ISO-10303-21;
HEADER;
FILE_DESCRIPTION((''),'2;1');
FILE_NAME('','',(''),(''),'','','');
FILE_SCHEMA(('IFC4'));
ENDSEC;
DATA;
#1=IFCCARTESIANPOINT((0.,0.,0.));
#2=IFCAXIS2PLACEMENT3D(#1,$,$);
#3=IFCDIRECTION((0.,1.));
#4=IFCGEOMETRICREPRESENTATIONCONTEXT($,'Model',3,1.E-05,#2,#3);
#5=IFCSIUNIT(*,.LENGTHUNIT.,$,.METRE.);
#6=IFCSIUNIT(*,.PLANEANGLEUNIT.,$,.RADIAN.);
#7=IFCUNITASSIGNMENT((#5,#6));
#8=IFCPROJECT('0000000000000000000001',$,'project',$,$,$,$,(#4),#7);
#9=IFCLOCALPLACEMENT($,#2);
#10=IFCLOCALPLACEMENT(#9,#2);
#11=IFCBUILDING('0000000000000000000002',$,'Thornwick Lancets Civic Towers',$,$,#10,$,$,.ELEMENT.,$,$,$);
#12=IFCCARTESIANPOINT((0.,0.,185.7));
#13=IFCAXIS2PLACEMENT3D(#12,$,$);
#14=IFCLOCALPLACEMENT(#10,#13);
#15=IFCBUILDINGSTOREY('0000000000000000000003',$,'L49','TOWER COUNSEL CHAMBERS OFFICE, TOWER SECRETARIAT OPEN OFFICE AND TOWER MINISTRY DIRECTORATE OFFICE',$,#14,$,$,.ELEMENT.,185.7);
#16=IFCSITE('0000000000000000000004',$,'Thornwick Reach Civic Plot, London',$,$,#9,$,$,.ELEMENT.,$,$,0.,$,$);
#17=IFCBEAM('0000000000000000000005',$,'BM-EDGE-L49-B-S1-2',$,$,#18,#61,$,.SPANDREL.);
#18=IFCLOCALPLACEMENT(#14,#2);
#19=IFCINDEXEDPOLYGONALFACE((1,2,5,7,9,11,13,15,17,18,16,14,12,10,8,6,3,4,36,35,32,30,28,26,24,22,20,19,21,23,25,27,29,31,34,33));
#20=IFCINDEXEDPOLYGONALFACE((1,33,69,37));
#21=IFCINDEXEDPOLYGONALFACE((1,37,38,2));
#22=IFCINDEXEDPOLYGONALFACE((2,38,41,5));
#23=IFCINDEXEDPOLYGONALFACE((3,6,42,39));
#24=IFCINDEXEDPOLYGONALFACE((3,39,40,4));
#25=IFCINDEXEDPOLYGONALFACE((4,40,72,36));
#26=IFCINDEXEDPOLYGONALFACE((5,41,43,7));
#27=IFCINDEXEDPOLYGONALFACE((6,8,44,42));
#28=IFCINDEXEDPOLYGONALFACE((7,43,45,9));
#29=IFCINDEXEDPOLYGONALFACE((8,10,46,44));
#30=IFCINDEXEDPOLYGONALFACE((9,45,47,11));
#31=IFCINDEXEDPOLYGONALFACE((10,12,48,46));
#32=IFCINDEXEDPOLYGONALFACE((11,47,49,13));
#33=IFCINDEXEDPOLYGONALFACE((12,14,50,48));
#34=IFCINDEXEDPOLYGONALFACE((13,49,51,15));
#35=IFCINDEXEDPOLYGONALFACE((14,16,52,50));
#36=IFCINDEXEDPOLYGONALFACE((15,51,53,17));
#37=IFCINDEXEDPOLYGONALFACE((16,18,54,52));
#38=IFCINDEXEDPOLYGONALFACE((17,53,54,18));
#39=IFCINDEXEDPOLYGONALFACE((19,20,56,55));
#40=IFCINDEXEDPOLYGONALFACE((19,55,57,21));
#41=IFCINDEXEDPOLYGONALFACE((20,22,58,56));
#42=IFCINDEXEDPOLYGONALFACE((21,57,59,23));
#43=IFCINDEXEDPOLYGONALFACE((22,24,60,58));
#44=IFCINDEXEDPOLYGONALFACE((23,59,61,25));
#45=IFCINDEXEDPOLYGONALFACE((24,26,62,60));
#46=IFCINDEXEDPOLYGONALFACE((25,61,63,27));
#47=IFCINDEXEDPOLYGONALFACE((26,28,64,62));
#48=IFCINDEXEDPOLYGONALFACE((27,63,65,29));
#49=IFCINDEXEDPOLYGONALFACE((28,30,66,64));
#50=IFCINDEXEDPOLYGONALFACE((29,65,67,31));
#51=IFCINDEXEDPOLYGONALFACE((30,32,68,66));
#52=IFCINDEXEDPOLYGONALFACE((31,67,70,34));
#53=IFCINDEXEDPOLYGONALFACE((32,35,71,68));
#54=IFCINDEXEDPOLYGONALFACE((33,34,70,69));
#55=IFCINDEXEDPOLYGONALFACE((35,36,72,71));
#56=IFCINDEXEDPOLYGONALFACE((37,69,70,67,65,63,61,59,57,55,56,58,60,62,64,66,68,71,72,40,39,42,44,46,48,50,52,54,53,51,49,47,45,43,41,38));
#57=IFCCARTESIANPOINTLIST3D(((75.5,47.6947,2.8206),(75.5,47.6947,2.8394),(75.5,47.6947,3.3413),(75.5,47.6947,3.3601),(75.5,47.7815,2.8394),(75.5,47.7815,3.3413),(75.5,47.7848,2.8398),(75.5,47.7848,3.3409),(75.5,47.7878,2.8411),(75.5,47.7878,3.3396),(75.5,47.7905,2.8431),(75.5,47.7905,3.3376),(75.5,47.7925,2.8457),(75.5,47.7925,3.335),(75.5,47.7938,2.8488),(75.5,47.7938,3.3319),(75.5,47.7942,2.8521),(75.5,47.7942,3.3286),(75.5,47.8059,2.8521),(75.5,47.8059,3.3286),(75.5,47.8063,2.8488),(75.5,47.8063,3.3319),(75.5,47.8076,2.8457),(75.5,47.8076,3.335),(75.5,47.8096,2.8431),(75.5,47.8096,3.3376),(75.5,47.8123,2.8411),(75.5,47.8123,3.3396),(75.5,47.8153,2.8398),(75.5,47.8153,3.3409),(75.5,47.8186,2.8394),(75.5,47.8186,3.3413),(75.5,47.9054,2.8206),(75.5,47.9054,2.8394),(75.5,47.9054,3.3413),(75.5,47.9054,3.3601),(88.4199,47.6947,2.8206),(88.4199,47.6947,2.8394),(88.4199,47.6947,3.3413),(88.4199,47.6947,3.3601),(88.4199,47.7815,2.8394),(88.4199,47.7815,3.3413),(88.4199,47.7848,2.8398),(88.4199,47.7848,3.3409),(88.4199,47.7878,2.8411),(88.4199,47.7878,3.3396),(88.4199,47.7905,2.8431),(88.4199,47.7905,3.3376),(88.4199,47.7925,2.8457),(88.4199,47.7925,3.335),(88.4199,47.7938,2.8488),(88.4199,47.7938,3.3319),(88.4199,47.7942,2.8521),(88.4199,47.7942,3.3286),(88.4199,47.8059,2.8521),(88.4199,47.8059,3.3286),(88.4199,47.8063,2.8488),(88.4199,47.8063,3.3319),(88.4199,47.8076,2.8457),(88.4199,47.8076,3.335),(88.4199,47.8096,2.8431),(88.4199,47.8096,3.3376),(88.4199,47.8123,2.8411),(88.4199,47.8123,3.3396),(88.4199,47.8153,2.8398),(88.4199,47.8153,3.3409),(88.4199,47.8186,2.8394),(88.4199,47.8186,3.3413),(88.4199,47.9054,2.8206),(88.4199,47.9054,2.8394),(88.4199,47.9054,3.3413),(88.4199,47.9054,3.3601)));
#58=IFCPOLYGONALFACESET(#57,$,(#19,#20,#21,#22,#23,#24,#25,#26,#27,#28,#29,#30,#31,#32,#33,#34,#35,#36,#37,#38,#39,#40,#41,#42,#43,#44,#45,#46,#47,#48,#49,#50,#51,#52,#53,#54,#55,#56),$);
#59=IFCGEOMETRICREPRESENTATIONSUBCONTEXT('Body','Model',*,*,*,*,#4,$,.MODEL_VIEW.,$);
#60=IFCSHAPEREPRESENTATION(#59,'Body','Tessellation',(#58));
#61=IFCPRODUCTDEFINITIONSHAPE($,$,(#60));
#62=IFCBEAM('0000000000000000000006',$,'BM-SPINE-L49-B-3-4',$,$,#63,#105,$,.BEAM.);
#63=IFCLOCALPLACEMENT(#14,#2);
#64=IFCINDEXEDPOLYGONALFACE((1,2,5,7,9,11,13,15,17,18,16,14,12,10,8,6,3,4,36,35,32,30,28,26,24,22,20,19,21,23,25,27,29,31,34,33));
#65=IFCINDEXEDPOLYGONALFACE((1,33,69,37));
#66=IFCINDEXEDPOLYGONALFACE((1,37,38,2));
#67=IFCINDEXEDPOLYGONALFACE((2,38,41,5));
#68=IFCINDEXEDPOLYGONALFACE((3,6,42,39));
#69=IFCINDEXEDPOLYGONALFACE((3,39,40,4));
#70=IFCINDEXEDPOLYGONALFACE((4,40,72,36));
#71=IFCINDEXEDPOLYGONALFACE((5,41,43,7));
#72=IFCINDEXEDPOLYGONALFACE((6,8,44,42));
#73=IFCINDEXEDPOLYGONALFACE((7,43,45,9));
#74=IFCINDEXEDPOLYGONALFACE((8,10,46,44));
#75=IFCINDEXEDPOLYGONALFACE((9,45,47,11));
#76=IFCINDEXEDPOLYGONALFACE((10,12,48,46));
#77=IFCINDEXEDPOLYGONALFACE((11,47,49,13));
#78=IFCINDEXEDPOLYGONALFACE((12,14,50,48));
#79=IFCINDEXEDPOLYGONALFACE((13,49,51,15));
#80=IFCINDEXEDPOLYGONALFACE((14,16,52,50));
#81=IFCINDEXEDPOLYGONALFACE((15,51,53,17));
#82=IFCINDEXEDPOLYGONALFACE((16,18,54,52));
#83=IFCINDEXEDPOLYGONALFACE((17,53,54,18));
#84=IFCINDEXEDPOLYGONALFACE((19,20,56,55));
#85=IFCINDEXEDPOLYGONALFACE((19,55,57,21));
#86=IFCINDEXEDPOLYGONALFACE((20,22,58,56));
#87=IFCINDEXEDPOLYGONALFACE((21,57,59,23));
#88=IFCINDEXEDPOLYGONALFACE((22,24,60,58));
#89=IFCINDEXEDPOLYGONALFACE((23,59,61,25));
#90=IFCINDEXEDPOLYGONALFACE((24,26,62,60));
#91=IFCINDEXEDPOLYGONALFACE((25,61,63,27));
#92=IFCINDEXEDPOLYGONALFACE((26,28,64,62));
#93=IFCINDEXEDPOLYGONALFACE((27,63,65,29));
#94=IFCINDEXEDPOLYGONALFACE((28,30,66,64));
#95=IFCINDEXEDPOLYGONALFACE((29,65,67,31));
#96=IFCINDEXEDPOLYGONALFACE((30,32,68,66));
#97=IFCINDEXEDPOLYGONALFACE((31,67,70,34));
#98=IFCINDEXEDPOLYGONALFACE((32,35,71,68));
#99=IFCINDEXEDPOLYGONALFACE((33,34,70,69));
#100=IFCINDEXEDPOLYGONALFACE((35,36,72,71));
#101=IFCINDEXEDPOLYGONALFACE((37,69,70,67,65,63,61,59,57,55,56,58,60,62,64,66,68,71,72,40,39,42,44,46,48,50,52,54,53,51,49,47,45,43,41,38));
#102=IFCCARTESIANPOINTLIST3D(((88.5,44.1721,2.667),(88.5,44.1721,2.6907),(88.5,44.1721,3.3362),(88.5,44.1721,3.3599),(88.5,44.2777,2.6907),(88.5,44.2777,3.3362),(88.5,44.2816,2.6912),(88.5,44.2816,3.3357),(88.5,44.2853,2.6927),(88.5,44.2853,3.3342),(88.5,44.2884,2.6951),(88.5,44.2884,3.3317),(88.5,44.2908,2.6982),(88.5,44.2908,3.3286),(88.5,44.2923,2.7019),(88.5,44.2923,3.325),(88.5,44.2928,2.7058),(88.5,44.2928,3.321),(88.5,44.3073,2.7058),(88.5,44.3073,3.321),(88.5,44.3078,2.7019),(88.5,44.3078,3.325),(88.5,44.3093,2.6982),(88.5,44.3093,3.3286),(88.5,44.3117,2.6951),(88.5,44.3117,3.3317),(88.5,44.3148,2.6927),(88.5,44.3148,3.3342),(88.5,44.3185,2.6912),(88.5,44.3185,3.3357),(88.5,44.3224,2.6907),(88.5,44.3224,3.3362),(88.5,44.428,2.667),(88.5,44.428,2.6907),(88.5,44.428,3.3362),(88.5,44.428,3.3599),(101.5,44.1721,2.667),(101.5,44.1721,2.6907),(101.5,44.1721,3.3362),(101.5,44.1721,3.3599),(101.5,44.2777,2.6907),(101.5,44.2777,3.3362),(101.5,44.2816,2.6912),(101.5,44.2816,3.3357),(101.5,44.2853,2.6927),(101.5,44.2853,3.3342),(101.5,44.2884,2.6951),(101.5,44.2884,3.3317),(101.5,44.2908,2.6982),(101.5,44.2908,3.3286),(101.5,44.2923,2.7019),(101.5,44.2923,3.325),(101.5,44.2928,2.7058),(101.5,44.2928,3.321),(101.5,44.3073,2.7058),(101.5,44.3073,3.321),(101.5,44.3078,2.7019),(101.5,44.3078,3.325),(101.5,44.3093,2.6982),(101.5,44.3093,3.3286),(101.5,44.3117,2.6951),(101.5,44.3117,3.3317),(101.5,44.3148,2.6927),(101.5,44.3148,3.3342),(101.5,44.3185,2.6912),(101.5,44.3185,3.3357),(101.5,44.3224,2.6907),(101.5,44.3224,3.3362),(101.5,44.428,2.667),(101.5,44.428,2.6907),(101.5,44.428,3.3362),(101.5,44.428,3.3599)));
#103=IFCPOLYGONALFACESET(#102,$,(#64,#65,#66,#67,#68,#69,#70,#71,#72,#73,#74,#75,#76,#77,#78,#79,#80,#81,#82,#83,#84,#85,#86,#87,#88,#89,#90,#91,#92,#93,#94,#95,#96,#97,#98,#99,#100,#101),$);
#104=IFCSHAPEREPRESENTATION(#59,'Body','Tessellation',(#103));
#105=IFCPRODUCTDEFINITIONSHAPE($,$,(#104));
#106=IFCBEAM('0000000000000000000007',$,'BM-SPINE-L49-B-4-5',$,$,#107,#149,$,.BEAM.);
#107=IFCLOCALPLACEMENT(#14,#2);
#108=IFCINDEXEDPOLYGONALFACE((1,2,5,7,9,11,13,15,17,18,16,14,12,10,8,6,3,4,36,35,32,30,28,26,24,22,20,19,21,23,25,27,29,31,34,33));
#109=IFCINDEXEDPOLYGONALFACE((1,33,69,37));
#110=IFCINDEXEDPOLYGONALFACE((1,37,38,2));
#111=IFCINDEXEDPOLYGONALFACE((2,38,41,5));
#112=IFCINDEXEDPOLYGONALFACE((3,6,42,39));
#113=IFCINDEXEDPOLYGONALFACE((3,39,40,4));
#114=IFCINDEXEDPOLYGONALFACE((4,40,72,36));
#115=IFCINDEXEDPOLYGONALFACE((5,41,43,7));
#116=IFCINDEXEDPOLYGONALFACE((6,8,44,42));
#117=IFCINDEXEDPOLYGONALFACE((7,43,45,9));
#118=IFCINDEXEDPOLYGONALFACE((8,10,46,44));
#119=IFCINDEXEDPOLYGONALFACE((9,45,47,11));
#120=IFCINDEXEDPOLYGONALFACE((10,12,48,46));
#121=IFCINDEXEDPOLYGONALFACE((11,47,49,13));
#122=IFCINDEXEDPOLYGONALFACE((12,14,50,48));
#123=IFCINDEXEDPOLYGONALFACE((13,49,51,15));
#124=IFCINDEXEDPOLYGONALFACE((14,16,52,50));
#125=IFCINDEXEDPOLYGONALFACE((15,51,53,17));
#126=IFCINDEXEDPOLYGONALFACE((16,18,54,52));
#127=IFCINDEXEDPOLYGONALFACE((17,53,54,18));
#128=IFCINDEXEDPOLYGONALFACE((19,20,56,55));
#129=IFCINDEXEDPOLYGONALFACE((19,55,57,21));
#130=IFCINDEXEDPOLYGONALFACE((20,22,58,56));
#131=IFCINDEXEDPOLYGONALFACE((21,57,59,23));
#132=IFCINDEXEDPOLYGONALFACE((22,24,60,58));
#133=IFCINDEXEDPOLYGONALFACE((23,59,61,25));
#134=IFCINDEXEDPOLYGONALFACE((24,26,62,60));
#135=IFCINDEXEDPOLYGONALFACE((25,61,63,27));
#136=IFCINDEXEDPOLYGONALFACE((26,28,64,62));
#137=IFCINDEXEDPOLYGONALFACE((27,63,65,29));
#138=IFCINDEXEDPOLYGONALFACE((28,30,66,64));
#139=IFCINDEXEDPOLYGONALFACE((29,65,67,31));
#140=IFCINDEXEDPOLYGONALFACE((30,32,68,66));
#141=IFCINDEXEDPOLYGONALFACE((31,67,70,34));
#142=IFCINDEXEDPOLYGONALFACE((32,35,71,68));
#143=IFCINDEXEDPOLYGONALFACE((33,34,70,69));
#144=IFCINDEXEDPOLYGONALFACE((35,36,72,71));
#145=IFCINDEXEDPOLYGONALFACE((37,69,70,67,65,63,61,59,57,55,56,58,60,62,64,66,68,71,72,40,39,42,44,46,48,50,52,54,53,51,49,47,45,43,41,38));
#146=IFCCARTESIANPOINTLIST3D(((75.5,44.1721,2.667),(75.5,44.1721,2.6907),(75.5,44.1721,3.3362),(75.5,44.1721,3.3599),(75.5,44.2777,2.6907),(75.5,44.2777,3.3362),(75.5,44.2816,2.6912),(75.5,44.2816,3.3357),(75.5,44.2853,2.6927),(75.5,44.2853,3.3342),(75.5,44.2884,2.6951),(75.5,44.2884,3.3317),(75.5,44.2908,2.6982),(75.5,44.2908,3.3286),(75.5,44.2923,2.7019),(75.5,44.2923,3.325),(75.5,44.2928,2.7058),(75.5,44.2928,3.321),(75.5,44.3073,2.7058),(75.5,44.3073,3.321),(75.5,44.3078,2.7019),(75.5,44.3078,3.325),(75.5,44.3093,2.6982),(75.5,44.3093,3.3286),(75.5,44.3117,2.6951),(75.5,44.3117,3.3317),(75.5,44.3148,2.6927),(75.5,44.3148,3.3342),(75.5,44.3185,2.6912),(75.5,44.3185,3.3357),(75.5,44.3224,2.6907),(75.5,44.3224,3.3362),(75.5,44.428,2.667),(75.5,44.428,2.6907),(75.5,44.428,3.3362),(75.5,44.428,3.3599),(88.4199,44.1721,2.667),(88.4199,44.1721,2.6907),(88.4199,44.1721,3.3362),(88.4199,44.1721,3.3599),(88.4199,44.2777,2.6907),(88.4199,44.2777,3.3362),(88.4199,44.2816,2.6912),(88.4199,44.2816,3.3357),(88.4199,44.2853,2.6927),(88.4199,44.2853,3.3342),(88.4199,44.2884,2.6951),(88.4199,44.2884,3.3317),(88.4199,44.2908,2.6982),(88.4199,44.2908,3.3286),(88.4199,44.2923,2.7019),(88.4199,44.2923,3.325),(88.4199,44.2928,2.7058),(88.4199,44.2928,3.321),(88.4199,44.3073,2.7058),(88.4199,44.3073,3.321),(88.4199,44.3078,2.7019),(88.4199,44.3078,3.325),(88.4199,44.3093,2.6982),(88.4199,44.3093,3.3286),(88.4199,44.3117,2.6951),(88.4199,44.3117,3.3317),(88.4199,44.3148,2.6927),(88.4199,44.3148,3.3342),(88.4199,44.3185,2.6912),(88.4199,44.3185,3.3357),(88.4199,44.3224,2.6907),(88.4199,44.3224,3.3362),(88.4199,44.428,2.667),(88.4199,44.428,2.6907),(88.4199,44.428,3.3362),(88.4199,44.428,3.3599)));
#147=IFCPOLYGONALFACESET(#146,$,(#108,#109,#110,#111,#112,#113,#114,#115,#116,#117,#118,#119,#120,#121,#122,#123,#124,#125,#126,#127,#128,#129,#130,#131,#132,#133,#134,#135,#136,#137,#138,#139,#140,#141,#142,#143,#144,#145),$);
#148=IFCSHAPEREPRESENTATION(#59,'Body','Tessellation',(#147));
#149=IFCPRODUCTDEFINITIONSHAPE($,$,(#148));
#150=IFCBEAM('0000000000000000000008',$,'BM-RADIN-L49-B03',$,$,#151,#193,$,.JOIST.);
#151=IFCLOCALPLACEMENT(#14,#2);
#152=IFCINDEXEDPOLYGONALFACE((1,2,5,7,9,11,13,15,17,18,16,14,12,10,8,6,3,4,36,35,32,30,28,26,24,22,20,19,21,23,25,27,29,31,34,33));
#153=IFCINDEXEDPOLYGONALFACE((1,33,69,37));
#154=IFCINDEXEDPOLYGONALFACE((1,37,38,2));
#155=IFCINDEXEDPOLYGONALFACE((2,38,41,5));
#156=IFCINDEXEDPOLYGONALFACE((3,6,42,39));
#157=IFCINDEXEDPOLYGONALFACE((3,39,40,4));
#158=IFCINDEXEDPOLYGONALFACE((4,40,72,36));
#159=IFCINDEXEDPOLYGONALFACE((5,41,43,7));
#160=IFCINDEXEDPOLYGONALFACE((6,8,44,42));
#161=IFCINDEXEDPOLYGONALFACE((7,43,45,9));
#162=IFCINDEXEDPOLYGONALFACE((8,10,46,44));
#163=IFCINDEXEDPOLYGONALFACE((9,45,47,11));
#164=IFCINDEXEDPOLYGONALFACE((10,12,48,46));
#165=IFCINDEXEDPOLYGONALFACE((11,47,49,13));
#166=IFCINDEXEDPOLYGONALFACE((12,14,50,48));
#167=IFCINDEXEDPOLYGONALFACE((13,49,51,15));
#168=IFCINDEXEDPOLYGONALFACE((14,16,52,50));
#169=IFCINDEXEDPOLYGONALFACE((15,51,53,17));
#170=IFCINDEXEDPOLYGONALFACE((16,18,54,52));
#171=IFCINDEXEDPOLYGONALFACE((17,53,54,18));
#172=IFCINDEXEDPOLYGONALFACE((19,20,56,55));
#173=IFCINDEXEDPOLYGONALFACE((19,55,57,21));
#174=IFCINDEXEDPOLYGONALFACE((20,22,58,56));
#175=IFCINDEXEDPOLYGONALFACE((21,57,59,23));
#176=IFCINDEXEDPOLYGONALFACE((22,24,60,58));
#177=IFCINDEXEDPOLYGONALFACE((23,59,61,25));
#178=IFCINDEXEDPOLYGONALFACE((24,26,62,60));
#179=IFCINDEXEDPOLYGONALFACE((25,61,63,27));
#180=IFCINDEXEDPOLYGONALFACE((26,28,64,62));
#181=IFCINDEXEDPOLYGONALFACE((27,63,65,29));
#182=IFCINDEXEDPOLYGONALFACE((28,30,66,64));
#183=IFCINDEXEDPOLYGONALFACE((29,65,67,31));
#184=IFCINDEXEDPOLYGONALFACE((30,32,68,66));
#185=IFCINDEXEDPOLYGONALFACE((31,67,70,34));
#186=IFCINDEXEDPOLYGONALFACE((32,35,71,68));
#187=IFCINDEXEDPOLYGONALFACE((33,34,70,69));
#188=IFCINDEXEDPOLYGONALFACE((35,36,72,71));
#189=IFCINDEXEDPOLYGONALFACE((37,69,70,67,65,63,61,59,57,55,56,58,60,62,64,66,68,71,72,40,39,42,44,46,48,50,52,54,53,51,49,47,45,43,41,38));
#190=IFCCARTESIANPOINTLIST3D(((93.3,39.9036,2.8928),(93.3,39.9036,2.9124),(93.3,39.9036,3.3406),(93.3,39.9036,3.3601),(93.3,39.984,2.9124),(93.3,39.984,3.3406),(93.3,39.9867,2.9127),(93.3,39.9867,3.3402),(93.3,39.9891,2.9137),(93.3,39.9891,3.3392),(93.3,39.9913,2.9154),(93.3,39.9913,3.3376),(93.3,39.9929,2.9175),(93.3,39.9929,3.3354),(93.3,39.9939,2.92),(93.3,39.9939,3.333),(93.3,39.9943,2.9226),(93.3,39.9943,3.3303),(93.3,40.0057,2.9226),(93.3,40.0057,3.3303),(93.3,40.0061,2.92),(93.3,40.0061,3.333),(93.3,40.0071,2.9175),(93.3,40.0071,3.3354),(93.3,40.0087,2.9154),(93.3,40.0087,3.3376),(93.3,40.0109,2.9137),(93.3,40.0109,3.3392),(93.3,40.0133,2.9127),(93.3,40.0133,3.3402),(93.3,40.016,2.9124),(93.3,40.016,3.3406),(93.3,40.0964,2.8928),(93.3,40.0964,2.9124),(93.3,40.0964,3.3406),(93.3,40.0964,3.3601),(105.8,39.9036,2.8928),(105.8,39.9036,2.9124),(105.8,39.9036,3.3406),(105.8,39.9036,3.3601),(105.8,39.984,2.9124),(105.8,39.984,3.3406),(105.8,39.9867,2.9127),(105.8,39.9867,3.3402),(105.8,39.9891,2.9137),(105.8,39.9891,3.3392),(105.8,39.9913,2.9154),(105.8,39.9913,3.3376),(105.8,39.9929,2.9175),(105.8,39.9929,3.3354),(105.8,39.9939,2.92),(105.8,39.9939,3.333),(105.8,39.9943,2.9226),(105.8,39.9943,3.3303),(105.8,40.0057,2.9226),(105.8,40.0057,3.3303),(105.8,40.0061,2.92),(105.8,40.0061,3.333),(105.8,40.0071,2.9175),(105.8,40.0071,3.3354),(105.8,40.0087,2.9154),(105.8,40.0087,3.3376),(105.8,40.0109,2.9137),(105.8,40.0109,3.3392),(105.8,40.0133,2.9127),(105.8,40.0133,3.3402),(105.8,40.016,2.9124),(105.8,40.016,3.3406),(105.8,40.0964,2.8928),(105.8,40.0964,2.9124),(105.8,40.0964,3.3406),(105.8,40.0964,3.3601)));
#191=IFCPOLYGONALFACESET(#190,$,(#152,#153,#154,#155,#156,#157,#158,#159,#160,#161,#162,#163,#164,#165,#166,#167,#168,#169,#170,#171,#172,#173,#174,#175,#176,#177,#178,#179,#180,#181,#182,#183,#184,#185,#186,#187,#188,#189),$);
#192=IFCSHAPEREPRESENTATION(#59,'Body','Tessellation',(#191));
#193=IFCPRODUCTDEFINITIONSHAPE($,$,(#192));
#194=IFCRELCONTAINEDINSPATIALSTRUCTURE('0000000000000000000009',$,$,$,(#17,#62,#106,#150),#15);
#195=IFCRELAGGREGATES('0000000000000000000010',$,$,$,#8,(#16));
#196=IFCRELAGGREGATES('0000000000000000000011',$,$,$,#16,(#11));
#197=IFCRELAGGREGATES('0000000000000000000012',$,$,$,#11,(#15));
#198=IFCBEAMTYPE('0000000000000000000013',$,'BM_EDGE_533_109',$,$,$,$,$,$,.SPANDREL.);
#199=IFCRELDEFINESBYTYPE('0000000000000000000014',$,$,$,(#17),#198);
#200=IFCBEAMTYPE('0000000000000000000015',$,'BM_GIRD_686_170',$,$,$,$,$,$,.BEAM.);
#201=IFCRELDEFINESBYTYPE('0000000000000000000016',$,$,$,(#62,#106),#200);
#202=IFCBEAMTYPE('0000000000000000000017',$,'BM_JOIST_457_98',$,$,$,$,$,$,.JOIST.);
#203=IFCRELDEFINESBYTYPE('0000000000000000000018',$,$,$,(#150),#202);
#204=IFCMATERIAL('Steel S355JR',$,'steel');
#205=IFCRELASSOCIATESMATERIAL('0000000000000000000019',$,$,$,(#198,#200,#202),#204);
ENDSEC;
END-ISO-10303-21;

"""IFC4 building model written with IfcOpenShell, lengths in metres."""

from ifc_helpers import new_model, si_unit, direction, frame, origin, origin_2d, place, context, subcontext, project, spatial, i_section, extrude, material, material_profile, profile_set, type_object, element, save


model = new_model("IFC4")

# Units and contexts
model_context = context("Model", 3, precision=1e-05, world=origin(), true_north=direction((0.0, 1.0)))
body_context = subcontext(model_context, "Body", "Model", "MODEL_VIEW")
ifc_project = project(units=[si_unit("LENGTHUNIT", "METRE"), si_unit("PLANEANGLEUNIT", "RADIAN")], contexts=[model_context])

# Site, building, storey
site_placement = place(None, origin())
site = spatial("IfcSite", under=ifc_project, at=site_placement, Name="Thornwick Reach Civic Plot, London", CompositionType="ELEMENT", RefElevation=0.0)
building_placement = place(site_placement, origin())
building = spatial("IfcBuilding", under=site, at=building_placement, Name="Thornwick Lancets Civic Towers", CompositionType="ELEMENT")
storey_placement = place(building_placement, frame((0.0, 0.0, 185.7)))
storey = spatial("IfcBuildingStorey", under=building, at=storey_placement, Name="L49", Description="TOWER COUNSEL CHAMBERS OFFICE, TOWER SECRETARIAT OPEN OFFICE AND TOWER MINISTRY DIRECTORATE OFFICE", CompositionType="ELEMENT", Elevation=185.7)

# Beams
ifc_material_1 = material(Name="Steel S355JR", Category="steel")
ifc_material_profile_1 = material_profile(ifc_material_1, i_section(OverallWidth=0.2107, OverallDepth=0.5396, WebThickness=0.0117, FlangeThickness=0.0188, FilletRadius=0.0127, at=origin_2d()), Name="UKB 533x210x109")
ifc_profile_set_1 = profile_set([ifc_material_profile_1], Name="Steel S355JR")
beam_type_1 = type_object("IfcBeamType", Name="BM_EDGE_533_109", PredefinedType="SPANDREL", material=ifc_profile_set_1)
beam_1_placement = place(storey_placement, frame((88.4199, 47.8, 3.0903), z_axis=(-1.0, 0.0, 0.0), x_axis=(0.0, -1.0, 0.0)))
element("IfcBeam", 1, at=beam_1_placement, inside=storey, type_object=beam_type_1, Name="BM-EDGE-L49-B-S1-2", PredefinedType="SPANDREL", context=body_context, shape_type="SweptSolid", body=[
    extrude(i_section(OverallWidth=0.2107, OverallDepth=0.5396, WebThickness=0.0117, FlangeThickness=0.0188, FilletRadius=0.0127, at=origin_2d()), origin(), (0.0, 0.0, 1.0), 12.9199),
])
ifc_material_profile_2 = material_profile(ifc_material_1, i_section(OverallWidth=0.2559, OverallDepth=0.6929, WebThickness=0.0144, FlangeThickness=0.0237, FilletRadius=0.0151, at=origin_2d()), Name="UKB 686x254x170")
ifc_profile_set_2 = profile_set([ifc_material_profile_2], Name="Steel S355JR")
beam_type_2 = type_object("IfcBeamType", Name="BM_GIRD_686_170", PredefinedType="BEAM", material=ifc_profile_set_2)
beam_2_placement = place(storey_placement, frame((101.5, 44.3, 3.0134), z_axis=(-1.0, 0.0, 0.0), x_axis=(0.0, -1.0, 0.0)))
element("IfcBeam", 2, at=beam_2_placement, inside=storey, type_object=beam_type_2, Name="BM-SPINE-L49-B-3-4", PredefinedType="BEAM", context=body_context, shape_type="SweptSolid", body=[
    extrude(i_section(OverallWidth=0.2559, OverallDepth=0.6929, WebThickness=0.0144, FlangeThickness=0.0237, FilletRadius=0.0151, at=origin_2d()), origin(), (0.0, 0.0, 1.0), 13.0),
])
beam_3_placement = place(storey_placement, frame((88.4199, 44.3, 3.0134), z_axis=(-1.0, 0.0, 0.0), x_axis=(0.0, -1.0, 0.0)))
element("IfcBeam", 3, at=beam_3_placement, inside=storey, type_object=beam_type_2, Name="BM-SPINE-L49-B-4-5", PredefinedType="BEAM", context=body_context, shape_type="SweptSolid", body=[
    extrude(i_section(OverallWidth=0.2559, OverallDepth=0.6929, WebThickness=0.0144, FlangeThickness=0.0237, FilletRadius=0.0151, at=origin_2d()), origin(), (0.0, 0.0, 1.0), 12.9199),
])
ifc_material_profile_3 = material_profile(ifc_material_1, i_section(OverallWidth=0.1929, OverallDepth=0.4673, WebThickness=0.0115, FlangeThickness=0.0195, FilletRadius=0.0103, at=origin_2d()), Name="UKB 457x191x98")
ifc_profile_set_3 = profile_set([ifc_material_profile_3], Name="Steel S355JR")
beam_type_3 = type_object("IfcBeamType", Name="BM_JOIST_457_98", PredefinedType="JOIST", material=ifc_profile_set_3)
beam_4_placement = place(storey_placement, frame((93.3, 40.0, 3.1265), z_axis=(1.0, 0.0, 0.0), x_axis=(0.0, 1.0, 0.0)))
element("IfcBeam", 4, at=beam_4_placement, inside=storey, type_object=beam_type_3, Name="BM-RADIN-L49-B03", PredefinedType="JOIST", context=body_context, shape_type="SweptSolid", body=[
    extrude(i_section(OverallWidth=0.1929, OverallDepth=0.4673, WebThickness=0.0115, FlangeThickness=0.0195, FilletRadius=0.0103, at=origin_2d()), origin(), (0.0, 0.0, 1.0), 12.5),
])

save(model, "model.ifc")
